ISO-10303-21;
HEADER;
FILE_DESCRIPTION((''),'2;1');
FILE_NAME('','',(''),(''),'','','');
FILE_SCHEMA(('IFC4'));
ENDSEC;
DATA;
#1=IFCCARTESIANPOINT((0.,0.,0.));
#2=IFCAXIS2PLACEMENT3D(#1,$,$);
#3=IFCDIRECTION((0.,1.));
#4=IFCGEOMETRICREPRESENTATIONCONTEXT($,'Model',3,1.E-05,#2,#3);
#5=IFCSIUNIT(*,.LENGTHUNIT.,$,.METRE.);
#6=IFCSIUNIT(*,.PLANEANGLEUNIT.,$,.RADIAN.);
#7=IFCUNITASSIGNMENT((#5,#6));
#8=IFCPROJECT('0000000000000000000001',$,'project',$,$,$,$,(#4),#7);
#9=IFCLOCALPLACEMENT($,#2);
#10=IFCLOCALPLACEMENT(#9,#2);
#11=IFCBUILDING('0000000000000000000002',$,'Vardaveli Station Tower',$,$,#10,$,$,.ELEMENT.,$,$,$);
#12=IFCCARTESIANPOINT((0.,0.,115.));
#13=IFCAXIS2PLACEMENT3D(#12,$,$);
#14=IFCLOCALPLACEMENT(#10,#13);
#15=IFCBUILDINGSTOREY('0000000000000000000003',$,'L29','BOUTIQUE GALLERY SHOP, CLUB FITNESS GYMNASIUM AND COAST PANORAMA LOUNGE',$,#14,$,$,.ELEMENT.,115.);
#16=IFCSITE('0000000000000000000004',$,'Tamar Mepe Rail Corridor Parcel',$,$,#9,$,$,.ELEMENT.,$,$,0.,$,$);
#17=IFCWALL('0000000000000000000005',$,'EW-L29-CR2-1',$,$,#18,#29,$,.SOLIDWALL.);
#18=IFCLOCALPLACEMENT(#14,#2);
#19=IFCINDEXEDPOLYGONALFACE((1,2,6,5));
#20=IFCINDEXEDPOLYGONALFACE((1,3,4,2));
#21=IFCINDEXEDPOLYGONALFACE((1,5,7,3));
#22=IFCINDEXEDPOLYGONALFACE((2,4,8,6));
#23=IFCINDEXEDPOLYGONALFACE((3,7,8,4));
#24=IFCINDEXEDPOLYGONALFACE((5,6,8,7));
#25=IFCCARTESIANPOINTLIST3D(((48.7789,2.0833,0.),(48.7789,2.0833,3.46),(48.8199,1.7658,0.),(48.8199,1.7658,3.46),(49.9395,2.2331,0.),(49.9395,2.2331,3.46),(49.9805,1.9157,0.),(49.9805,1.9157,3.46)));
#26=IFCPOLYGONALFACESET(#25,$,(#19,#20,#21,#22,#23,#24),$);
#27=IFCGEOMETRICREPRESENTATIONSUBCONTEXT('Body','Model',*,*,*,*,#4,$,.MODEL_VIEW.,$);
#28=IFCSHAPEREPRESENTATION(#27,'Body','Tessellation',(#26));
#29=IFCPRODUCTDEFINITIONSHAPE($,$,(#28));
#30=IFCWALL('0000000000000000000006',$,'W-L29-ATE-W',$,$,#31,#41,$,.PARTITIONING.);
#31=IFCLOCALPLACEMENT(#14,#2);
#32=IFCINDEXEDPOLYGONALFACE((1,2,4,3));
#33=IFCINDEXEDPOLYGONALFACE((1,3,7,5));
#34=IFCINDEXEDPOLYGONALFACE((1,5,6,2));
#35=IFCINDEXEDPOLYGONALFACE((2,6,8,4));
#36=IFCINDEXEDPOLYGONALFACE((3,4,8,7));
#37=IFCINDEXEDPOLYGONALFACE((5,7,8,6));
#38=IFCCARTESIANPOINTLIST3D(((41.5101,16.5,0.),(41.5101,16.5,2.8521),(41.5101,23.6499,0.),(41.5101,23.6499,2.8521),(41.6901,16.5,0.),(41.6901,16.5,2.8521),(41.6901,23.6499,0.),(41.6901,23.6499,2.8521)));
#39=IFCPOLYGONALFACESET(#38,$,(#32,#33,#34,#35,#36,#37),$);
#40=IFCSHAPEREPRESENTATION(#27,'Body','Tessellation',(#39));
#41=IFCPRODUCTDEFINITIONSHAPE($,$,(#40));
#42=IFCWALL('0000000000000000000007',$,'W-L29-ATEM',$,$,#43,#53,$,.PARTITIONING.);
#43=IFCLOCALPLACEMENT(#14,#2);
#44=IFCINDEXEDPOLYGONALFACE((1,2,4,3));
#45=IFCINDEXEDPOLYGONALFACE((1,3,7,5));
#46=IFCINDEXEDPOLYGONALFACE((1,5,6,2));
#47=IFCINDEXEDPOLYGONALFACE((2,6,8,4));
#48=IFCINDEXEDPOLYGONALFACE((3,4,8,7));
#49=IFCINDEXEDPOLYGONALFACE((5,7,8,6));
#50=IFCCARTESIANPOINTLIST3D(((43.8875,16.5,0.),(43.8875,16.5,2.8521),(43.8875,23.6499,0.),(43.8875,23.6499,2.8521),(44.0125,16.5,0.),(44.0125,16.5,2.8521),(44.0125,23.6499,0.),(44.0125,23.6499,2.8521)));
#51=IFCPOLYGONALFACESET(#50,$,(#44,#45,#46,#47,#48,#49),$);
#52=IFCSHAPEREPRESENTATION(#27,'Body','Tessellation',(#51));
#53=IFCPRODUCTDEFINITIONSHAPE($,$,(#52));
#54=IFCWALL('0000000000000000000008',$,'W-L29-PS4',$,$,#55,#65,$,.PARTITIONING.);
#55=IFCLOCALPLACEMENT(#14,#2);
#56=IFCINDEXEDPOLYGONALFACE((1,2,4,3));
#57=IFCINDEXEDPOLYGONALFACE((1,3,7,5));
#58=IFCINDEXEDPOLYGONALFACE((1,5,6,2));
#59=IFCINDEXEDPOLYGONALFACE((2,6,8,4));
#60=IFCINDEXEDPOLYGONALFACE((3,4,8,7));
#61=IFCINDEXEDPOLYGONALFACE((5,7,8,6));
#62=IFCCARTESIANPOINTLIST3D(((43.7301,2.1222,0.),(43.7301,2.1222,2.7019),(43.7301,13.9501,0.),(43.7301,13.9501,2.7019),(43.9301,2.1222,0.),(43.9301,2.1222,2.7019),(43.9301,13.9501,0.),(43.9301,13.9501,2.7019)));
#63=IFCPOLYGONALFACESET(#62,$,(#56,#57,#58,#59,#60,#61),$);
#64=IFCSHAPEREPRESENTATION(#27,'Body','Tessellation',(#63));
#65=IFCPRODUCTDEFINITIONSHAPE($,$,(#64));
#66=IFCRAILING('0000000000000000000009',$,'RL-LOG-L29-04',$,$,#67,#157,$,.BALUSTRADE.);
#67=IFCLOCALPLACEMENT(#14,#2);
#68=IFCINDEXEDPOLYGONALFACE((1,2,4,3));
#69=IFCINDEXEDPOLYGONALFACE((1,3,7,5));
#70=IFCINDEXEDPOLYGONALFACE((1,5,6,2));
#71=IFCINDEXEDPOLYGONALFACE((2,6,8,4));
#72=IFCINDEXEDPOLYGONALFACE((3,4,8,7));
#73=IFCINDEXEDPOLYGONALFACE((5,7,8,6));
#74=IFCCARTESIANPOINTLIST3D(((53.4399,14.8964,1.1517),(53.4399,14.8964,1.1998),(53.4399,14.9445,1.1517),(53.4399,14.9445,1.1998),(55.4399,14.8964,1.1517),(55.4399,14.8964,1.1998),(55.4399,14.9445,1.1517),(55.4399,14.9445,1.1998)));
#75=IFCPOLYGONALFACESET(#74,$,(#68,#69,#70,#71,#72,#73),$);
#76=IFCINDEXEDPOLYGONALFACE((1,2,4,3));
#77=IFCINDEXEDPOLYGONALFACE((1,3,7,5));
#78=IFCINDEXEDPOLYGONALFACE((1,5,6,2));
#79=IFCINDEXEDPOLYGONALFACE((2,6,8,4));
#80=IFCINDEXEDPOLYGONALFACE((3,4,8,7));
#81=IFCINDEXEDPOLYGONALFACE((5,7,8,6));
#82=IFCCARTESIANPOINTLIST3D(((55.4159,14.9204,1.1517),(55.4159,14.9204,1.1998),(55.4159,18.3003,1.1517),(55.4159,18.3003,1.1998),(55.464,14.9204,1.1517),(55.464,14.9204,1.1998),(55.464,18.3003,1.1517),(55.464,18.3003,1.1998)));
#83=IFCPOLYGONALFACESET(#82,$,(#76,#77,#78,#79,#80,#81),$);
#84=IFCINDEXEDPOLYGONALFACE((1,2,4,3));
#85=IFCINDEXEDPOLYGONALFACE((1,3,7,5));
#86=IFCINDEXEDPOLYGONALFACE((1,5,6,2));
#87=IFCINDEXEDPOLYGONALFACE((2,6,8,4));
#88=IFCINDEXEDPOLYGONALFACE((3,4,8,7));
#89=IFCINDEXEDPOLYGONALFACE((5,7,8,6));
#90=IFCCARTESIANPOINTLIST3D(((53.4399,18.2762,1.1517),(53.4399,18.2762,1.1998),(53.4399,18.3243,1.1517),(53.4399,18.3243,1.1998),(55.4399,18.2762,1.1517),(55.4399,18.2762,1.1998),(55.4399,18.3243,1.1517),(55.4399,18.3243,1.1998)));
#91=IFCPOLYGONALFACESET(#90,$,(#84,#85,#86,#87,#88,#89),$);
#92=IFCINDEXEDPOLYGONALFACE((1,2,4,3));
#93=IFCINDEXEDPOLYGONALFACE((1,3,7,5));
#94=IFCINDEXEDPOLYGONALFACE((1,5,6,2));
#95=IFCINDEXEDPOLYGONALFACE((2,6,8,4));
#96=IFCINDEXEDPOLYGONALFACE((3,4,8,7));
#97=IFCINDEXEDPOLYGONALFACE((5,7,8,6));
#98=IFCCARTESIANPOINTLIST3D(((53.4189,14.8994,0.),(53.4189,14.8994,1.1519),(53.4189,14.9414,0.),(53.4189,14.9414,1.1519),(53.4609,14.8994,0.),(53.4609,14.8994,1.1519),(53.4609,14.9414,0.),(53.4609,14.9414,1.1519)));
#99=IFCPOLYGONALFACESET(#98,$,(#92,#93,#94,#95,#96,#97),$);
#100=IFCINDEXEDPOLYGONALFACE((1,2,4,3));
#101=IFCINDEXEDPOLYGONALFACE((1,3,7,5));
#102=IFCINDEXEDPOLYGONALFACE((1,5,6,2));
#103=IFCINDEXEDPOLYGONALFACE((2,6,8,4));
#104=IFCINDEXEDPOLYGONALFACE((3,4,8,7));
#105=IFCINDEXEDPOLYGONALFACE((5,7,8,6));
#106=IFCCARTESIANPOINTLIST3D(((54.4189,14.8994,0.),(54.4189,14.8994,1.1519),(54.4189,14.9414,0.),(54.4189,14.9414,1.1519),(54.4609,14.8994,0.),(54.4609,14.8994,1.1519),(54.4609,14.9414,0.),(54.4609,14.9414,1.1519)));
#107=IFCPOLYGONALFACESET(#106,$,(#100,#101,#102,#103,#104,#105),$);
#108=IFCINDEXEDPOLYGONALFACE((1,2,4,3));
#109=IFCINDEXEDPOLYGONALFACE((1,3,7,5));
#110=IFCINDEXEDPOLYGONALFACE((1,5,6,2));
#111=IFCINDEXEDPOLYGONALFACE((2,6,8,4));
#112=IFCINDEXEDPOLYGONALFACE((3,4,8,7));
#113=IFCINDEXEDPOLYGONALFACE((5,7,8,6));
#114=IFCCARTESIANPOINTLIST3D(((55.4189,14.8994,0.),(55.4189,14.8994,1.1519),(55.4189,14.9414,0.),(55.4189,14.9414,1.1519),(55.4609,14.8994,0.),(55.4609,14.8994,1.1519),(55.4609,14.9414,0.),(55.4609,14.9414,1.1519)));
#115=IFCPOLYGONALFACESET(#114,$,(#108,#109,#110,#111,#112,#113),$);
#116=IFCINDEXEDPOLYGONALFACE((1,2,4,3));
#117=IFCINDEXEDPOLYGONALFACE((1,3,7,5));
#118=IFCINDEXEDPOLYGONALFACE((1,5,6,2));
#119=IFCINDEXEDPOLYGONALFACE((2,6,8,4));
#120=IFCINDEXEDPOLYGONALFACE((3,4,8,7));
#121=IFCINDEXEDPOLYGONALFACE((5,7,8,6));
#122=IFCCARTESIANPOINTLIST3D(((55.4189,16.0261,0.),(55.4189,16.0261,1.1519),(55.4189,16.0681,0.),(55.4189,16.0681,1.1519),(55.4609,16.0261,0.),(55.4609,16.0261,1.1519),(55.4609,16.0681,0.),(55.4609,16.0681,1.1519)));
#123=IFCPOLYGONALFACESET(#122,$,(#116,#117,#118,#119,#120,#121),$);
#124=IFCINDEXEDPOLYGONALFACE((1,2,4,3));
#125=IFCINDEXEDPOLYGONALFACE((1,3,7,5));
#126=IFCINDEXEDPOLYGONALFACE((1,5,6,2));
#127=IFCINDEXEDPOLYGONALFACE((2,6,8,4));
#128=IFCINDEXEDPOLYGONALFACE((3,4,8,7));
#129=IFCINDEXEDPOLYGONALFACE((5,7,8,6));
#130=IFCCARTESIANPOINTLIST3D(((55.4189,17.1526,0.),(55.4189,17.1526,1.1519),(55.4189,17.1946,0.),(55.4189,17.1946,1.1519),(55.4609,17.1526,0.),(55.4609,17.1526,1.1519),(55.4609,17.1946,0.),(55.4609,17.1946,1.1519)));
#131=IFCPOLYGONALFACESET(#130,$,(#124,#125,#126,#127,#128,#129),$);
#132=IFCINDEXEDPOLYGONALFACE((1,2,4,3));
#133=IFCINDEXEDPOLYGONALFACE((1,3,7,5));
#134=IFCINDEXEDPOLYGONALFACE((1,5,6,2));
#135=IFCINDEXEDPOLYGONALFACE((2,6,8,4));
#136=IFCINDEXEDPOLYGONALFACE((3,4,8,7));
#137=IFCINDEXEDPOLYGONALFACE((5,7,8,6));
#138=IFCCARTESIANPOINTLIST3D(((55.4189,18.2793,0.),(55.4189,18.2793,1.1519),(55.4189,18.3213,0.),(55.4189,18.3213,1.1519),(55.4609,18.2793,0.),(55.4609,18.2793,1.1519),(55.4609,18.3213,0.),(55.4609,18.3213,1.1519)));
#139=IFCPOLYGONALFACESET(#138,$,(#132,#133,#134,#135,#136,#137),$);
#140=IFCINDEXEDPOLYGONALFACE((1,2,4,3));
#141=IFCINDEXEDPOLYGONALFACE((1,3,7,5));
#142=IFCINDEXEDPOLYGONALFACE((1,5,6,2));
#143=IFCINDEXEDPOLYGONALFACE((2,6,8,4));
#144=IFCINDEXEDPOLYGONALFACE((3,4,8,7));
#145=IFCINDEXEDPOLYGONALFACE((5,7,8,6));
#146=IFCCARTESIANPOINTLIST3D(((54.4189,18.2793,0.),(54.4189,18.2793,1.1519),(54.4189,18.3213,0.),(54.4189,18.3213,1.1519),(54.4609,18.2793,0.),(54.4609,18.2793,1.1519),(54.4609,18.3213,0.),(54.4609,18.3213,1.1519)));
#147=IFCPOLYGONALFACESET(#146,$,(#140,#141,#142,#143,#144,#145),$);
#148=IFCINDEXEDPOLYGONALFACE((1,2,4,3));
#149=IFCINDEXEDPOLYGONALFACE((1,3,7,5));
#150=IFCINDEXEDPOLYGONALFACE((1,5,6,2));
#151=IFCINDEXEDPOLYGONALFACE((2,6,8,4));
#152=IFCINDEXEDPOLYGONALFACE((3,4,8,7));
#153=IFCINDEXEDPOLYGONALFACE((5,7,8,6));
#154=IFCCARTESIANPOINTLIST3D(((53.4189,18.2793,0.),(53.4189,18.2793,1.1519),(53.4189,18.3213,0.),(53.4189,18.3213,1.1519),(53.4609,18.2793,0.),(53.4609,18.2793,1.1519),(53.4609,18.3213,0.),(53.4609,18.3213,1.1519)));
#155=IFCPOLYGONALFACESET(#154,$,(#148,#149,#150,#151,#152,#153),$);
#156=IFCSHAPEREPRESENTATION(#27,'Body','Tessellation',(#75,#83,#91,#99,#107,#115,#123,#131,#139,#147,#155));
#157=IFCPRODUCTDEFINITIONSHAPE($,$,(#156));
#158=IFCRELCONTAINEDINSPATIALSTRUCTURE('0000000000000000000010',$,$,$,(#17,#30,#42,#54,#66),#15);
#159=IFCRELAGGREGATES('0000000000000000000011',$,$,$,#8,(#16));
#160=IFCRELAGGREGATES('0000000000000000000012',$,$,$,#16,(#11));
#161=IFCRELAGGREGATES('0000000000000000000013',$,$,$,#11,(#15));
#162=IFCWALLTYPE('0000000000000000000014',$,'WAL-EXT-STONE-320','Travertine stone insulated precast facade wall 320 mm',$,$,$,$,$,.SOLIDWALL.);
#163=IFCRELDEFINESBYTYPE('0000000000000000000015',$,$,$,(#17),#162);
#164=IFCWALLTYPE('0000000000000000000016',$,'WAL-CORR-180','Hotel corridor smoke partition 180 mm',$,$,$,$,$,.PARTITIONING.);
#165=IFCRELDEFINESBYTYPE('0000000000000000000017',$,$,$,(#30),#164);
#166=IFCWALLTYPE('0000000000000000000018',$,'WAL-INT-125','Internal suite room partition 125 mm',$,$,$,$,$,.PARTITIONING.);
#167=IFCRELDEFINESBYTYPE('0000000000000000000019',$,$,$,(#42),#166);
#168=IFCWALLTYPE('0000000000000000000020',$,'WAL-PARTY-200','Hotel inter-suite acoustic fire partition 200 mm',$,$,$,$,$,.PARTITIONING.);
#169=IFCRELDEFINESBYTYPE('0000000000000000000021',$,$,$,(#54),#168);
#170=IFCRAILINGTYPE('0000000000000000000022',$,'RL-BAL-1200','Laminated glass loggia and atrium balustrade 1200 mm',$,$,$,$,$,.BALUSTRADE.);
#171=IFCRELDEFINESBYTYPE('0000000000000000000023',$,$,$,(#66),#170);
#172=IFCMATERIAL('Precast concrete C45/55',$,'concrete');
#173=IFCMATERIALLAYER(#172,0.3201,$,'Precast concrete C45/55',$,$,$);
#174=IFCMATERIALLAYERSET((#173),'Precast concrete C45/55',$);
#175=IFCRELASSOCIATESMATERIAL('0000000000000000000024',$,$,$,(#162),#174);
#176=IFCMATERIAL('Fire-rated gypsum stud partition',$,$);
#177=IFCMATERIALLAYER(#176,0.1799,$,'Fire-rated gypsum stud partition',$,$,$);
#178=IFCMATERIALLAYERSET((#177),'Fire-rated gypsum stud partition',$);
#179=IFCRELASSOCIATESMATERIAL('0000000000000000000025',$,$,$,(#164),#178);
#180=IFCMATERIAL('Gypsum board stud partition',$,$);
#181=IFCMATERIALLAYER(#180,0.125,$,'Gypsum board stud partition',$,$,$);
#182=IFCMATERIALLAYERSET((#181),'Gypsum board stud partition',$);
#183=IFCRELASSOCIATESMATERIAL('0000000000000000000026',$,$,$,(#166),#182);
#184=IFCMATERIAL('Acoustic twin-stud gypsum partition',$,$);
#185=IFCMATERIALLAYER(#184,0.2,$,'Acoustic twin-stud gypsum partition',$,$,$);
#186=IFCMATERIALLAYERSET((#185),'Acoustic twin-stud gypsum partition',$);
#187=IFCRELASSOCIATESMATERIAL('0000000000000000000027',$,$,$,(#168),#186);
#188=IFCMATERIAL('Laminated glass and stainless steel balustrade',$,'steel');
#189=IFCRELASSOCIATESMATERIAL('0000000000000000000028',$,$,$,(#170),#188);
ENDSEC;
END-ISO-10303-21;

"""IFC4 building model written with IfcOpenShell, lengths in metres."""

from ifc_helpers import new_model, si_unit, direction, frame, frame_2d, origin, origin_2d, place, context, subcontext, project, spatial, rectangle, extrude, source, transform, mapped, material, layer, layer_set, type_object, element, save


model = new_model("IFC4")

# Units and contexts
model_context = context("Model", 3, precision=1e-05, world=origin(), true_north=direction((0.0, 1.0)))
body_context = subcontext(model_context, "Body", "Model", "MODEL_VIEW")
ifc_project = project(units=[si_unit("LENGTHUNIT", "METRE"), si_unit("PLANEANGLEUNIT", "RADIAN")], contexts=[model_context])

# Site, building, storey
site_placement = place(None, origin())
site = spatial("IfcSite", under=ifc_project, at=site_placement, Name="Tamar Mepe Rail Corridor Parcel", CompositionType="ELEMENT", RefElevation=0.0)
building_placement = place(site_placement, origin())
building = spatial("IfcBuilding", under=site, at=building_placement, Name="Vardaveli Station Tower", CompositionType="ELEMENT")
storey_placement = place(building_placement, frame((0.0, 0.0, 115.0)))
storey = spatial("IfcBuildingStorey", under=building, at=storey_placement, Name="L29", Description="BOUTIQUE GALLERY SHOP, CLUB FITNESS GYMNASIUM AND COAST PANORAMA LOUNGE", CompositionType="ELEMENT", Elevation=115.0)

# Shared definitions
ifc_material_1 = material(Name="Precast concrete C45/55", Category="concrete")

# Shared definitions
ifc_layer_1 = layer(ifc_material_1, 0.3201, Name="Precast concrete C45/55")
ifc_layer_set_1 = layer_set([ifc_layer_1], Name="Precast concrete C45/55")
wall_type_1 = type_object("IfcWallType", Name="WAL-EXT-STONE-320", Description="Travertine stone insulated precast facade wall 320 mm", PredefinedType="SOLIDWALL", material=ifc_layer_set_1)

# Wall
shared_shape_1 = source(origin(), body_context, "Body", "SweptSolid", [
    extrude(rectangle(XDim=1.1702, YDim=0.3201, at=frame_2d((0.585, 0.0))), origin(), (0.0, 0.0, 1.0), 3.46),
])
wall_1_placement = place(storey_placement, frame((48.7996, 1.9246, 0.0), z_axis=(0.0, 0.0, 1.0), x_axis=(0.991762, 0.12809, 0.0)))
element("IfcWall", 1, at=wall_1_placement, inside=storey, type_object=wall_type_1, Name="EW-L29-CR2-1", PredefinedType="SOLIDWALL", context=body_context, shape_type="MappedRepresentation", body=[
    mapped(shared_shape_1, transform((0.0, 0.0, 0.0), scale=1.0)),
])

# Shared definitions
ifc_material_2 = material(Name="Fire-rated gypsum stud partition")
ifc_layer_2 = layer(ifc_material_2, 0.1799, Name="Fire-rated gypsum stud partition")
ifc_layer_set_2 = layer_set([ifc_layer_2], Name="Fire-rated gypsum stud partition")
wall_type_2 = type_object("IfcWallType", Name="WAL-CORR-180", Description="Hotel corridor smoke partition 180 mm", PredefinedType="PARTITIONING", material=ifc_layer_set_2)

# Walls
shared_shape_2 = source(origin(), body_context, "Body", "SweptSolid", [
    extrude(rectangle(XDim=7.1499, YDim=0.1799, at=frame_2d((3.575, 0.0))), origin(), (0.0, 0.0, 1.0), 2.8521),
])
wall_2_placement = place(storey_placement, frame((41.6001, 16.5, 0.0), z_axis=(0.0, 0.0, 1.0), x_axis=(0.0, 1.0, 0.0)))
element("IfcWall", 2, at=wall_2_placement, inside=storey, type_object=wall_type_2, Name="W-L29-ATE-W", PredefinedType="PARTITIONING", context=body_context, shape_type="MappedRepresentation", body=[
    mapped(shared_shape_2, transform((0.0, 0.0, 0.0), scale=1.0)),
])
ifc_material_3 = material(Name="Gypsum board stud partition")
ifc_layer_3 = layer(ifc_material_3, 0.125, Name="Gypsum board stud partition")
ifc_layer_set_3 = layer_set([ifc_layer_3], Name="Gypsum board stud partition")
wall_type_3 = type_object("IfcWallType", Name="WAL-INT-125", Description="Internal suite room partition 125 mm", PredefinedType="PARTITIONING", material=ifc_layer_set_3)
shared_shape_3 = source(origin(), body_context, "Body", "SweptSolid", [
    extrude(rectangle(XDim=7.1499, YDim=0.125, at=frame_2d((3.575, 0.0))), origin(), (0.0, 0.0, 1.0), 2.8521),
])
wall_3_placement = place(storey_placement, frame((43.95, 16.5, 0.0), z_axis=(0.0, 0.0, 1.0), x_axis=(0.0, 1.0, 0.0)))
element("IfcWall", 3, at=wall_3_placement, inside=storey, type_object=wall_type_3, Name="W-L29-ATEM", PredefinedType="PARTITIONING", context=body_context, shape_type="MappedRepresentation", body=[
    mapped(shared_shape_3, transform((0.0, 0.0, 0.0), scale=1.0)),
])
ifc_material_4 = material(Name="Acoustic twin-stud gypsum partition")
ifc_layer_4 = layer(ifc_material_4, 0.2, Name="Acoustic twin-stud gypsum partition")
ifc_layer_set_4 = layer_set([ifc_layer_4], Name="Acoustic twin-stud gypsum partition")
wall_type_4 = type_object("IfcWallType", Name="WAL-PARTY-200", Description="Hotel inter-suite acoustic fire partition 200 mm", PredefinedType="PARTITIONING", material=ifc_layer_set_4)
shared_shape_4 = source(origin(), body_context, "Body", "SweptSolid", [
    extrude(rectangle(XDim=11.8279, YDim=0.2, at=frame_2d((5.9141, 0.0))), origin(), (0.0, 0.0, 1.0), 2.7019),
])
wall_4_placement = place(storey_placement, frame((43.8301, 2.1221, 0.0), z_axis=(0.0, 0.0, 1.0), x_axis=(0.0, 1.0, 0.0)))
element("IfcWall", 4, at=wall_4_placement, inside=storey, type_object=wall_type_4, Name="W-L29-PS4", PredefinedType="PARTITIONING", context=body_context, shape_type="MappedRepresentation", body=[
    mapped(shared_shape_4, transform((0.0, 0.0, 0.0), scale=1.0)),
])

# Railing
ifc_material_5 = material(Name="Laminated glass and stainless steel balustrade", Category="steel")
railing_type = type_object("IfcRailingType", Name="RL-BAL-1200", Description="Laminated glass loggia and atrium balustrade 1200 mm", PredefinedType="BALUSTRADE", material=ifc_material_5)
shared_shape_5 = source(origin(), body_context, "Body", "SweptSolid", [
    extrude(rectangle(XDim=0.0481, YDim=0.0481, at=origin_2d()), frame((0.0, 0.0, 1.1758), z_axis=(1.0, 0.0, 0.0), x_axis=(0.0, 1.0, 0.0)), (0.0, 0.0, 1.0), 2.0),
    extrude(rectangle(XDim=0.0481, YDim=0.0481, at=origin_2d()), frame((2.0, 0.0, 1.1758), z_axis=(0.0, 1.0, 0.0), x_axis=(-1.0, 0.0, 0.0)), (0.0, 0.0, 1.0), 3.3799),
    extrude(rectangle(XDim=0.0481, YDim=0.0481, at=origin_2d()), frame((2.0, 3.3799, 1.1758), z_axis=(-1.0, 0.0, 0.0), x_axis=(0.0, -1.0, 0.0)), (0.0, 0.0, 1.0), 2.0),
    extrude(rectangle(XDim=0.042, YDim=0.042, at=origin_2d()), origin(), (0.0, 0.0, 1.0), 1.1519),
    extrude(rectangle(XDim=0.042, YDim=0.042, at=origin_2d()), frame((1.0, 0.0, 0.0)), (0.0, 0.0, 1.0), 1.1519),
    extrude(rectangle(XDim=0.042, YDim=0.042, at=origin_2d()), frame((2.0, 0.0, 0.0)), (0.0, 0.0, 1.0), 1.1519),
    extrude(rectangle(XDim=0.042, YDim=0.042, at=origin_2d()), frame((2.0, 1.1267, 0.0)), (0.0, 0.0, 1.0), 1.1519),
    extrude(rectangle(XDim=0.042, YDim=0.042, at=origin_2d()), frame((2.0, 2.2532, 0.0)), (0.0, 0.0, 1.0), 1.1519),
    extrude(rectangle(XDim=0.042, YDim=0.042, at=origin_2d()), frame((2.0, 3.3799, 0.0)), (0.0, 0.0, 1.0), 1.1519),
    extrude(rectangle(XDim=0.042, YDim=0.042, at=origin_2d()), frame((1.0, 3.3799, 0.0)), (0.0, 0.0, 1.0), 1.1519),
    extrude(rectangle(XDim=0.042, YDim=0.042, at=origin_2d()), frame((0.0, 3.3799, 0.0)), (0.0, 0.0, 1.0), 1.1519),
])
railing_placement = place(storey_placement, frame((53.4399, 14.9204, 0.0)))
element("IfcRailing", 5, at=railing_placement, inside=storey, type_object=railing_type, Name="RL-LOG-L29-04", PredefinedType="BALUSTRADE", context=body_context, shape_type="MappedRepresentation", body=[
    mapped(shared_shape_5, transform((0.0, 0.0, 0.0), scale=1.0)),
])

save(model, "model.ifc")
